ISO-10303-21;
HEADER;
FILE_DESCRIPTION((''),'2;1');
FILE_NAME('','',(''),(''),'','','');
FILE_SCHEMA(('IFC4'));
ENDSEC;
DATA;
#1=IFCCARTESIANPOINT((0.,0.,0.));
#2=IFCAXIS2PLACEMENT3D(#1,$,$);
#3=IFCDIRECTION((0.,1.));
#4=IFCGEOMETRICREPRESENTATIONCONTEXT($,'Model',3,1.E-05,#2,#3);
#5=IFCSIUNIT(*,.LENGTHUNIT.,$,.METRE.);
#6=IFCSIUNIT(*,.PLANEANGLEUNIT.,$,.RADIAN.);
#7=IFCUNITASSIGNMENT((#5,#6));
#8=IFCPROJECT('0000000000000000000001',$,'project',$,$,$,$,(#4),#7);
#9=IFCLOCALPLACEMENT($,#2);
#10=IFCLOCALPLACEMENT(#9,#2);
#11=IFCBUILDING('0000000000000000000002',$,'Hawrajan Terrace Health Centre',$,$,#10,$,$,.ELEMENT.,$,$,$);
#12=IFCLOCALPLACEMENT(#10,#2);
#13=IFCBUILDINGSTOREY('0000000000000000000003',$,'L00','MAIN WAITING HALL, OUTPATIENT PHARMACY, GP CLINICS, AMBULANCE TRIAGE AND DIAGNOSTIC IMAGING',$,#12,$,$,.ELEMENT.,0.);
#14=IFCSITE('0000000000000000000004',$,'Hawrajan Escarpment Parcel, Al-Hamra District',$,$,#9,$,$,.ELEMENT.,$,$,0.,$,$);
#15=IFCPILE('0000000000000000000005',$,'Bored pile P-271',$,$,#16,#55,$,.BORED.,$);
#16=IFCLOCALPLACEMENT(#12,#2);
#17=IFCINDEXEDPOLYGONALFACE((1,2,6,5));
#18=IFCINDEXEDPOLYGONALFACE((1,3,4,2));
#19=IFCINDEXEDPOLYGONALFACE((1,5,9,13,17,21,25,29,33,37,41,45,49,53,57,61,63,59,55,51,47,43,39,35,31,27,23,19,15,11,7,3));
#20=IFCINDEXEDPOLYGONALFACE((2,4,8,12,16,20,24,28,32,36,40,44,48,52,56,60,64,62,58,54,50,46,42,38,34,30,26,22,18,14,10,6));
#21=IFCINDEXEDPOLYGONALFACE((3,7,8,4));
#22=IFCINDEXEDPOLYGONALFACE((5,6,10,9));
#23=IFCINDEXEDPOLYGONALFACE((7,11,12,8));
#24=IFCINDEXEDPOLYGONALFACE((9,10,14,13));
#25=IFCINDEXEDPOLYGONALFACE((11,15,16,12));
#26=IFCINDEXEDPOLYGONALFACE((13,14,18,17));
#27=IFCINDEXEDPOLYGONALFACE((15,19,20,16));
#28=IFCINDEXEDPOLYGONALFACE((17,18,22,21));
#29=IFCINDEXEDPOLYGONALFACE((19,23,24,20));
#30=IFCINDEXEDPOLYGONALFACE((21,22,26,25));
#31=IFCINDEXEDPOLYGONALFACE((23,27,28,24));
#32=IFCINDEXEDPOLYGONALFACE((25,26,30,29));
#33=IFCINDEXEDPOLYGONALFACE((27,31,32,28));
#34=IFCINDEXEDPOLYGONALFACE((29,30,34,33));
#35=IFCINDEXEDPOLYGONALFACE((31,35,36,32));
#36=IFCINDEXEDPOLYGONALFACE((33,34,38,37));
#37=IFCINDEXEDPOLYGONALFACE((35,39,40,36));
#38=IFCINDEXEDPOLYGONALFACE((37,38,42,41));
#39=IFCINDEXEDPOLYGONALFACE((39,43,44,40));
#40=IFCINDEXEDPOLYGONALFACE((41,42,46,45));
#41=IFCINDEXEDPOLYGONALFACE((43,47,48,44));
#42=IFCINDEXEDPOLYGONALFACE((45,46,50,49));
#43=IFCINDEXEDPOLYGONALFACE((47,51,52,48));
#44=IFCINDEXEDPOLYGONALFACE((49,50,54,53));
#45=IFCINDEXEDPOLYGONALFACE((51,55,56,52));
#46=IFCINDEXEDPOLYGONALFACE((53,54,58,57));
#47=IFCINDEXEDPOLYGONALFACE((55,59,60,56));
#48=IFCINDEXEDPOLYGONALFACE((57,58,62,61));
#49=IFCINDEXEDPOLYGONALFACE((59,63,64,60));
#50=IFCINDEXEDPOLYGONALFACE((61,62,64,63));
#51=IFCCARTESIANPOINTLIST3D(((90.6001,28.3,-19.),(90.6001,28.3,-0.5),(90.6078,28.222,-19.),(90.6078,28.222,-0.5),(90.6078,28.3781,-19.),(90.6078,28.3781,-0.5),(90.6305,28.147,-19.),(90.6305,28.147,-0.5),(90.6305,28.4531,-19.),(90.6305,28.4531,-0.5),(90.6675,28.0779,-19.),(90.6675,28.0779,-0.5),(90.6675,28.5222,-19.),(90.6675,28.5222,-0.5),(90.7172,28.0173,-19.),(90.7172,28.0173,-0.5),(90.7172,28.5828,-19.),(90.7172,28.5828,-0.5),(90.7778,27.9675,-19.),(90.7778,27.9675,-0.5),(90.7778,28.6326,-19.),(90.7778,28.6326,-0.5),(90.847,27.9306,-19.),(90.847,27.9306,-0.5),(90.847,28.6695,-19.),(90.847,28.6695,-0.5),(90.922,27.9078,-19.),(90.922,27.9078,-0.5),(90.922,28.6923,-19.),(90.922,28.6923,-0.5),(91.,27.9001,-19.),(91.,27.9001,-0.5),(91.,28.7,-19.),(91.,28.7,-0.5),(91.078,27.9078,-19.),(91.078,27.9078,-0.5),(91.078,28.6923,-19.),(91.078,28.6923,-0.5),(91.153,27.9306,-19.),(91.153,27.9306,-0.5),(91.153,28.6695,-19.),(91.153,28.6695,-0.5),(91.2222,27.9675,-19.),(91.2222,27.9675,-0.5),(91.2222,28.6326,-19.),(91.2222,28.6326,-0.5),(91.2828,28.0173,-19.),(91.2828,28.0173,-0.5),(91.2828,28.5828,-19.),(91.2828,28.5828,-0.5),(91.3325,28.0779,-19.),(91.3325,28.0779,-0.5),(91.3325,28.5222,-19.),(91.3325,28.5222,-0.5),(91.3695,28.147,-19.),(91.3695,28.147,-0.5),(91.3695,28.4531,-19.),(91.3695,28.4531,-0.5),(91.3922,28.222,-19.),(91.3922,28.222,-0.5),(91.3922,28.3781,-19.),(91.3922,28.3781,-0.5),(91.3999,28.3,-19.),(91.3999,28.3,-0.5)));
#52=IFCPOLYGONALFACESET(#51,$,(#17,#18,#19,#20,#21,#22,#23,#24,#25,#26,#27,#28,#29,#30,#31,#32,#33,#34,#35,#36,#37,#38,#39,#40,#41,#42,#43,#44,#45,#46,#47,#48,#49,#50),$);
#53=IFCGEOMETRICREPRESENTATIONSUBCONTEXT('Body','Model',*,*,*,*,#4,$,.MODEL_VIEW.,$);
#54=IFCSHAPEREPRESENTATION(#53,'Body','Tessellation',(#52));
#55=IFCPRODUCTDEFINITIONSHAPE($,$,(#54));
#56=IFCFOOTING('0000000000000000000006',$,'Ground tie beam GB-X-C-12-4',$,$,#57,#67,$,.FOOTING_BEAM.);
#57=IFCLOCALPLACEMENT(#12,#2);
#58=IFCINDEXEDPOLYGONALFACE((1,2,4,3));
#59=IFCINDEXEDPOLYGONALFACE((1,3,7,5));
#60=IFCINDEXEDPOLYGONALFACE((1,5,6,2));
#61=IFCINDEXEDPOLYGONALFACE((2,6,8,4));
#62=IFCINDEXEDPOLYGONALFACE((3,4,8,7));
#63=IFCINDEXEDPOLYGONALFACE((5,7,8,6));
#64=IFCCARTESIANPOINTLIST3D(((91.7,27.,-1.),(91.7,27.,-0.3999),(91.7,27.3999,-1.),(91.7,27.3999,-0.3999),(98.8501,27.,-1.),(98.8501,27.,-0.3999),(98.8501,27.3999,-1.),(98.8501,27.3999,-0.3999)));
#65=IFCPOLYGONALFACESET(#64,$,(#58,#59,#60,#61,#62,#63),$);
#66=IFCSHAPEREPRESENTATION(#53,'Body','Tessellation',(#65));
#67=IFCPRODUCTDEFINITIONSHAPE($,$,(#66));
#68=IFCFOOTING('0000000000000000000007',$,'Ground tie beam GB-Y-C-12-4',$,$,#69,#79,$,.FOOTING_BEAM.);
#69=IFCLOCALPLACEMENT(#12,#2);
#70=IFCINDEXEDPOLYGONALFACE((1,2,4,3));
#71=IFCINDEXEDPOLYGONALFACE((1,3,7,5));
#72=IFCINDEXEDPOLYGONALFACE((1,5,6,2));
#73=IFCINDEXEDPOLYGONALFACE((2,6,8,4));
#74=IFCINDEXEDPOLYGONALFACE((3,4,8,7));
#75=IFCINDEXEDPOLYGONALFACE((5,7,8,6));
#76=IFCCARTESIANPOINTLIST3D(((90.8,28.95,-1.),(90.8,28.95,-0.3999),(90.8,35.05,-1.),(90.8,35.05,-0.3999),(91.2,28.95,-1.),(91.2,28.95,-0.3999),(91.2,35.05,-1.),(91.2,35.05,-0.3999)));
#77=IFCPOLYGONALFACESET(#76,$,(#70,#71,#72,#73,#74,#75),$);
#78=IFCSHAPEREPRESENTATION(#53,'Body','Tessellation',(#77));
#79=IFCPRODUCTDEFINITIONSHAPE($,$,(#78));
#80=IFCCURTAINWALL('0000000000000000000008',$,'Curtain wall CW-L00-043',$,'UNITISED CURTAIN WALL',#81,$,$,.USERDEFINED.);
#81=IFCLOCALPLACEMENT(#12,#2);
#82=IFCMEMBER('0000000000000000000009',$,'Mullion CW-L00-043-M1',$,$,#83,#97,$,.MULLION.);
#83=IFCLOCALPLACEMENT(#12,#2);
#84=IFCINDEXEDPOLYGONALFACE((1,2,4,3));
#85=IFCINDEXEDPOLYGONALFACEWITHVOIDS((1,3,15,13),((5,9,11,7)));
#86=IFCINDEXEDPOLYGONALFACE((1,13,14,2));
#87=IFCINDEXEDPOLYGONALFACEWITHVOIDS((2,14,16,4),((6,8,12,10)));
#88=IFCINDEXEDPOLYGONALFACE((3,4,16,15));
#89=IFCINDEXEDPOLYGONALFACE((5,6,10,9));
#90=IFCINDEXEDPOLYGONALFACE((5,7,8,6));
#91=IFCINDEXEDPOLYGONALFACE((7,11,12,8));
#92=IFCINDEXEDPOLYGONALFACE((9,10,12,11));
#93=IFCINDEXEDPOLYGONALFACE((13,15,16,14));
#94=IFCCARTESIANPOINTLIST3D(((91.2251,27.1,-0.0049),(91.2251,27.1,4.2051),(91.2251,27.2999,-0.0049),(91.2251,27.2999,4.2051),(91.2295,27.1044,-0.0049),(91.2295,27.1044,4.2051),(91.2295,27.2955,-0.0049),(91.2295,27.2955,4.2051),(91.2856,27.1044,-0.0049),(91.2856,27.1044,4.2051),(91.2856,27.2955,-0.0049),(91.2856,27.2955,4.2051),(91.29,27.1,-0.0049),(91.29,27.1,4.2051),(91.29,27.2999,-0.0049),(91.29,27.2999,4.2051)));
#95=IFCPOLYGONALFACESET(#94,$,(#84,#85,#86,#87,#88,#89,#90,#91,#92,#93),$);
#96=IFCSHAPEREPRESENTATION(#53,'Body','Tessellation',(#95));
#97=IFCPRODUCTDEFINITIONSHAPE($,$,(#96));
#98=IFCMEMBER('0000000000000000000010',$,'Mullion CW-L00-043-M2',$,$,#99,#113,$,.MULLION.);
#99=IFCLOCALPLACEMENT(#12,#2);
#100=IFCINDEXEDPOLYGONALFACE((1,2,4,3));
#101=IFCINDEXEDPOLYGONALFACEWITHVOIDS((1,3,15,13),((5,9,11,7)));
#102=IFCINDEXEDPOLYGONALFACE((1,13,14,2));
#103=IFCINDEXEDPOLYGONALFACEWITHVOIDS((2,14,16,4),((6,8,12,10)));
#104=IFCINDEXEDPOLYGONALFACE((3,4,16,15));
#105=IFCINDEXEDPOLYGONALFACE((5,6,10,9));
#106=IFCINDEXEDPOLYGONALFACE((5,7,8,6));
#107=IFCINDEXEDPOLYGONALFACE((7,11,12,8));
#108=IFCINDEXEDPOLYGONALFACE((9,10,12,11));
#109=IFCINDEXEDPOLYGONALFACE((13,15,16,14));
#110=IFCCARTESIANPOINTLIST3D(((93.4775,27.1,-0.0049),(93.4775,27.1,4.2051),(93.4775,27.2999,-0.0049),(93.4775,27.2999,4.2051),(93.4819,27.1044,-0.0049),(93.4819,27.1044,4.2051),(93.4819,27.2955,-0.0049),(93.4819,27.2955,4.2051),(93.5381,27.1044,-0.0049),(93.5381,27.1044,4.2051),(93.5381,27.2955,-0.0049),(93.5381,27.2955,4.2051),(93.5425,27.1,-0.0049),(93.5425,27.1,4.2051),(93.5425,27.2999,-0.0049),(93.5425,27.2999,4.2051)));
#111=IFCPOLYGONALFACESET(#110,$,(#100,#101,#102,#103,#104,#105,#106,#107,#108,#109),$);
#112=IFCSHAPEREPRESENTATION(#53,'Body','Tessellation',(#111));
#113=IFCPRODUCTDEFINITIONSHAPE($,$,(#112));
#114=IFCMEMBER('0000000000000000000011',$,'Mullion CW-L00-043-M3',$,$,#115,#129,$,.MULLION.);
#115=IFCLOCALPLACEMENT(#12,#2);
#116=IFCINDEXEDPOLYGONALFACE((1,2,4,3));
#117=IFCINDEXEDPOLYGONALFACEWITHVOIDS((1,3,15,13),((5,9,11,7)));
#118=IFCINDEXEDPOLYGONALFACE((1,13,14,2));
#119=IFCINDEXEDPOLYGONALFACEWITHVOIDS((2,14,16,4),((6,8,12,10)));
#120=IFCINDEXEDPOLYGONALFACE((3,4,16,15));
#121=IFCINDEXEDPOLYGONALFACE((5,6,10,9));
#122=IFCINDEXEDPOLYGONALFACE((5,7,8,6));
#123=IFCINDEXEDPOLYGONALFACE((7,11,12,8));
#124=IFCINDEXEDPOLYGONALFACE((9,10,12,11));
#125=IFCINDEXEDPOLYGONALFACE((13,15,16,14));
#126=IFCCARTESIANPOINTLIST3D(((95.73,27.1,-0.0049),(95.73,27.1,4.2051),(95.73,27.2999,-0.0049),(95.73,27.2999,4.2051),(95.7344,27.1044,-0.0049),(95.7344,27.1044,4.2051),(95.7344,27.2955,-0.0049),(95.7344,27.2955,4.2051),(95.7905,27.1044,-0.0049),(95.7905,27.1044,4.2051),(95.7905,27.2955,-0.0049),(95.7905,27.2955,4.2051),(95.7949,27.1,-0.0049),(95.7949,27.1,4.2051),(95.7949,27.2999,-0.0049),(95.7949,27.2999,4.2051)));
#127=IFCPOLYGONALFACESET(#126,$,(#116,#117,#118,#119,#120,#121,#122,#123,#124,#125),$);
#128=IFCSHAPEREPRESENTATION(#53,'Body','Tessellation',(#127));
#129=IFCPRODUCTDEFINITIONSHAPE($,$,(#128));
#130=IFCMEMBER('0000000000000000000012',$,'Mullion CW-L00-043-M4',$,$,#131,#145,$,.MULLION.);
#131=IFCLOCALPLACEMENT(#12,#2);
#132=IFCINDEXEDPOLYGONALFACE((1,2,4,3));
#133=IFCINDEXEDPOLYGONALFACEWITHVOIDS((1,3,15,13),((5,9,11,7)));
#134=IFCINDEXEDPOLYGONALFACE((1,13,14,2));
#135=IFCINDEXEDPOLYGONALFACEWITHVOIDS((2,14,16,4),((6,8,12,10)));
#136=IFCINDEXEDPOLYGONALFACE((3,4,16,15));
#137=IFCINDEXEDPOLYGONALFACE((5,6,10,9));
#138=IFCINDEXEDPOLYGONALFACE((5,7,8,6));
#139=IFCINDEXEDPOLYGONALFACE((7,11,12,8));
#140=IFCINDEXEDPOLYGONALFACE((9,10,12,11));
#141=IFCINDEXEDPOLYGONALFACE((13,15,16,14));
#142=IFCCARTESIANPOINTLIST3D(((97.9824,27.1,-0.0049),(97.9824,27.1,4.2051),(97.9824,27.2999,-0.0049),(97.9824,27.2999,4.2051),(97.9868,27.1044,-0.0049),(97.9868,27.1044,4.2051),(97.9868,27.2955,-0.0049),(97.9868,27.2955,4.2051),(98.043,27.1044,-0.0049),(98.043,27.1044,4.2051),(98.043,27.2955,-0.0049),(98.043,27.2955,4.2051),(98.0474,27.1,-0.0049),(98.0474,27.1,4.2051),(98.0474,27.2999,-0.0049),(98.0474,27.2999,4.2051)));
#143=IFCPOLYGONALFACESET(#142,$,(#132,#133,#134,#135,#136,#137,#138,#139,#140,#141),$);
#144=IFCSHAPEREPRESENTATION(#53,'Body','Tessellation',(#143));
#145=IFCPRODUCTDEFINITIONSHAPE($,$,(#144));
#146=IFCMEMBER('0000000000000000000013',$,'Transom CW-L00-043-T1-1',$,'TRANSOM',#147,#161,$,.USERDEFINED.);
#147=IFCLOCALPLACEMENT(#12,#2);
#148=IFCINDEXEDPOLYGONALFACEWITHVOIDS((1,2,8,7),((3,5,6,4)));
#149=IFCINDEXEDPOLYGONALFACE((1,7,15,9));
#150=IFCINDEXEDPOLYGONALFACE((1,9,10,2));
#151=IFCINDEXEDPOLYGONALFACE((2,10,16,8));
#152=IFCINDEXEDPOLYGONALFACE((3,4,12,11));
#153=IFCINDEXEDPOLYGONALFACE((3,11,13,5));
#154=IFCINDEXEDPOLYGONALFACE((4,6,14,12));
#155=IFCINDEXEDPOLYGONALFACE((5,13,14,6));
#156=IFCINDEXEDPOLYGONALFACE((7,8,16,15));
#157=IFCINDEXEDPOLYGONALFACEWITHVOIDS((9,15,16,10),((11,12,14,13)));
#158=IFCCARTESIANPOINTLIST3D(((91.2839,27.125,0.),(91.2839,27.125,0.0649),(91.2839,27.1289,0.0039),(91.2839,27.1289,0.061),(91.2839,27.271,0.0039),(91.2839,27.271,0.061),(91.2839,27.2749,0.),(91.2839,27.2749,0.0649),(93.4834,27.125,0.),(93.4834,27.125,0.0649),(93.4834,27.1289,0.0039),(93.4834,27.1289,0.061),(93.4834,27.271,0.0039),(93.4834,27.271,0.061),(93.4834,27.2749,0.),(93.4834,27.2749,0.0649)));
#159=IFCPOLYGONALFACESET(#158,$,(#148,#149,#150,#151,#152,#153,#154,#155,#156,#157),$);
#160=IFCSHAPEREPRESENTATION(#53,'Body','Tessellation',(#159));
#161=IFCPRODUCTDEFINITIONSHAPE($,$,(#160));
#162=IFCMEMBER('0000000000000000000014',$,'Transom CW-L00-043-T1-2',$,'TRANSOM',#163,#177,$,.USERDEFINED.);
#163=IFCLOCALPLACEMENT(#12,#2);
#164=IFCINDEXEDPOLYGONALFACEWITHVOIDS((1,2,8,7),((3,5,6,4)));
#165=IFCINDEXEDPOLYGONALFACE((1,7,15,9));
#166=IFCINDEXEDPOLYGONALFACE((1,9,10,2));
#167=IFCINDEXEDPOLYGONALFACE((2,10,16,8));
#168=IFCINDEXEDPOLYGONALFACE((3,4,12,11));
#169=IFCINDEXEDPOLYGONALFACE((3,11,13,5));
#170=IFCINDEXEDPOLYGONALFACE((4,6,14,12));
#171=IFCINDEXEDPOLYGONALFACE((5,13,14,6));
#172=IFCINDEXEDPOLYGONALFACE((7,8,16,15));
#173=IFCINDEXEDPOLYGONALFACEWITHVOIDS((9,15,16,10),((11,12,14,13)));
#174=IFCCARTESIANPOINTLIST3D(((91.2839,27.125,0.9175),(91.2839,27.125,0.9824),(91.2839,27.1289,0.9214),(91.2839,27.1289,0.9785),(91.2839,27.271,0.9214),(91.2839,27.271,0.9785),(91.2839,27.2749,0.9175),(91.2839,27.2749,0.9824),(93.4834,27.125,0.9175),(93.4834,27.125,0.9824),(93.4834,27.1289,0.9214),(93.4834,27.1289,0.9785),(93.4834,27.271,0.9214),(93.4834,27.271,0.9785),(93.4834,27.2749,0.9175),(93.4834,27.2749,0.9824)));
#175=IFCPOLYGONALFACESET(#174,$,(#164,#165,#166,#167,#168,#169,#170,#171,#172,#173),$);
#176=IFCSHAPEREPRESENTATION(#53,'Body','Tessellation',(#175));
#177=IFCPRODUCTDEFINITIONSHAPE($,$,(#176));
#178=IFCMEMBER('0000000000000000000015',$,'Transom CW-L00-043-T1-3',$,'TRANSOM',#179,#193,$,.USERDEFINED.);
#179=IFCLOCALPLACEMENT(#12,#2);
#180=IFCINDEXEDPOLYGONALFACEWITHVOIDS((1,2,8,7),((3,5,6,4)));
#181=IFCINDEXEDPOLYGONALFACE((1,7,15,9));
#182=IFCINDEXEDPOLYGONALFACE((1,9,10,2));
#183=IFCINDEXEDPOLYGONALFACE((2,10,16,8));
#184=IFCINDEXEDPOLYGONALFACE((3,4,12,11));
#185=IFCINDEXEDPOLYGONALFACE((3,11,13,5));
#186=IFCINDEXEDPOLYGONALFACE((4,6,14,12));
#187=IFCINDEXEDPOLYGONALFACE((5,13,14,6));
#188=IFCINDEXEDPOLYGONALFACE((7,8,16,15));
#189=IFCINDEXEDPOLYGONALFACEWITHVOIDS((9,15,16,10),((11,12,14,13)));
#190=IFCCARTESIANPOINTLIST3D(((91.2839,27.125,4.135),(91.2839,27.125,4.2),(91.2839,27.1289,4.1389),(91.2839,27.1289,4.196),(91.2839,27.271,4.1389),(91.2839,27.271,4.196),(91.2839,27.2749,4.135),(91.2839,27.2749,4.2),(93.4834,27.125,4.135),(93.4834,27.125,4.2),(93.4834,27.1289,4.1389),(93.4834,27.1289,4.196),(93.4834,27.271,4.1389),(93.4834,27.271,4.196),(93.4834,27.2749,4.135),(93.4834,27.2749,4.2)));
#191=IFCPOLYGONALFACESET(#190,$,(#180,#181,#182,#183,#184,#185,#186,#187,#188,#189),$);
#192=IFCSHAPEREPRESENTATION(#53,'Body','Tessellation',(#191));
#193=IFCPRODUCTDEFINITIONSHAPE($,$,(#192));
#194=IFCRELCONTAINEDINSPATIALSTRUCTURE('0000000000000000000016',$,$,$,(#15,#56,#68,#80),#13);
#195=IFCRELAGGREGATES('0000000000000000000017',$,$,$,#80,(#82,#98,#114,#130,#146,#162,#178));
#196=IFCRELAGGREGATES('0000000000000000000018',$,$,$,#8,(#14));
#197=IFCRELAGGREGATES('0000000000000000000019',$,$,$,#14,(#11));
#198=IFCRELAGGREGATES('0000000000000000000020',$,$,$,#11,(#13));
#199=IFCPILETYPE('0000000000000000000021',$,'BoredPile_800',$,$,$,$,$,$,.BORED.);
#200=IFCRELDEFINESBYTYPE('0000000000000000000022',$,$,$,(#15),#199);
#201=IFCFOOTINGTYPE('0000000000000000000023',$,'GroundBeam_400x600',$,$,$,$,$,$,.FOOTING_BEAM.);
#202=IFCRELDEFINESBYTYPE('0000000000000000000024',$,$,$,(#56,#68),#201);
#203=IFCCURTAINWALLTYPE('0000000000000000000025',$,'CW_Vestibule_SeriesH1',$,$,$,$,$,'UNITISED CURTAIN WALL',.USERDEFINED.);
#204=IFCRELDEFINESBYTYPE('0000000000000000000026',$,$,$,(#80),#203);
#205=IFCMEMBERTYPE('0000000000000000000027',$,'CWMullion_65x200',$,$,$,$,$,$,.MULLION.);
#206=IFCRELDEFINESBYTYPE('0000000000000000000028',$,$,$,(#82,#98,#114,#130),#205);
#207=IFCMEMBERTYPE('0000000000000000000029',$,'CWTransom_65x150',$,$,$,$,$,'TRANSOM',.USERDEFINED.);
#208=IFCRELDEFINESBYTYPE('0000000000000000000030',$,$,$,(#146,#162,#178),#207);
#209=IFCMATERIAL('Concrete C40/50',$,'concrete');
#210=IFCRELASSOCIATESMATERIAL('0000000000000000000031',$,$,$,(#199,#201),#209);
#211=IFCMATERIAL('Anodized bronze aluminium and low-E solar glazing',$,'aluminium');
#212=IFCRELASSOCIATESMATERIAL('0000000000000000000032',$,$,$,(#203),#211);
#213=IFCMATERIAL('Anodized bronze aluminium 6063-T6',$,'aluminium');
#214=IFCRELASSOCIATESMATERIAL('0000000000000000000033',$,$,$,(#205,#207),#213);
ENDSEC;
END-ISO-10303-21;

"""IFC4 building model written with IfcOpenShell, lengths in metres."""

from ifc_helpers import new_model, si_unit, direction, frame, origin, origin_2d, place, context, subcontext, project, spatial, rectangle, hollow_rectangle, circle, extrude, material, material_profile, profile_set, type_object, element, aggregate, save


model = new_model("IFC4")

# Units and contexts
model_context = context("Model", 3, precision=1e-05, world=origin(), true_north=direction((0.0, 1.0)))
body_context = subcontext(model_context, "Body", "Model", "MODEL_VIEW")
ifc_project = project(units=[si_unit("LENGTHUNIT", "METRE"), si_unit("PLANEANGLEUNIT", "RADIAN")], contexts=[model_context])

# Site, building, storey
site_placement = place(None, origin())
site = spatial("IfcSite", under=ifc_project, at=site_placement, Name="Hawrajan Escarpment Parcel, Al-Hamra District", CompositionType="ELEMENT", RefElevation=0.0)
building_placement = place(site_placement, origin())
building = spatial("IfcBuilding", under=site, at=building_placement, Name="Hawrajan Terrace Health Centre", CompositionType="ELEMENT")
storey_placement = place(building_placement, origin())
storey = spatial("IfcBuildingStorey", under=building, at=storey_placement, Name="L00", Description="MAIN WAITING HALL, OUTPATIENT PHARMACY, GP CLINICS, AMBULANCE TRIAGE AND DIAGNOSTIC IMAGING", CompositionType="ELEMENT", Elevation=0.0)

# Pile
ifc_material_1 = material(Name="Concrete C40/50", Category="concrete")
ifc_material_profile_1 = material_profile(ifc_material_1, circle(Radius=0.3999, at=origin_2d()), Name="BP 800")
ifc_profile_set_1 = profile_set([ifc_material_profile_1], Name="Concrete C40/50")
pile_type = type_object("IfcPileType", Name="BoredPile_800", PredefinedType="BORED", material=ifc_profile_set_1)
pile_placement = place(storey_placement, frame((91.0, 28.3, -0.5), z_axis=(0.0, 0.0, -1.0), x_axis=(1.0, 0.0, 0.0)))
element("IfcPile", 1, at=pile_placement, inside=storey, type_object=pile_type, Name="Bored pile P-271", PredefinedType="BORED", context=body_context, shape_type="SweptSolid", body=[
    extrude(circle(Radius=0.3999, at=origin_2d()), origin(), (0.0, 0.0, 1.0), 18.5),
])

# Footings
ifc_material_profile_2 = material_profile(ifc_material_1, rectangle(XDim=0.3999, YDim=0.6001, at=origin_2d()), Name="RC BM 400x600")
ifc_profile_set_2 = profile_set([ifc_material_profile_2], Name="Concrete C40/50")
footing_type = type_object("IfcFootingType", Name="GroundBeam_400x600", PredefinedType="FOOTING_BEAM", material=ifc_profile_set_2)
footing_1_placement = place(storey_placement, frame((91.7, 27.2, -0.7), z_axis=(1.0, 0.0, 0.0), x_axis=(0.0, 1.0, 0.0)))
element("IfcFooting", 2, at=footing_1_placement, inside=storey, type_object=footing_type, Name="Ground tie beam GB-X-C-12-4", PredefinedType="FOOTING_BEAM", context=body_context, shape_type="SweptSolid", body=[
    extrude(rectangle(XDim=0.3999, YDim=0.6001, at=origin_2d()), origin(), (0.0, 0.0, 1.0), 7.1501),
])
footing_2_placement = place(storey_placement, frame((91.0, 28.95, -0.7), z_axis=(0.0, 1.0, 0.0), x_axis=(-1.0, 0.0, 0.0)))
element("IfcFooting", 3, at=footing_2_placement, inside=storey, type_object=footing_type, Name="Ground tie beam GB-Y-C-12-4", PredefinedType="FOOTING_BEAM", context=body_context, shape_type="SweptSolid", body=[
    extrude(rectangle(XDim=0.3999, YDim=0.6001, at=origin_2d()), origin(), (0.0, 0.0, 1.0), 6.1001),
])

# Curtain wall, members
ifc_material_2 = material(Name="Anodized bronze aluminium and low-E solar glazing", Category="aluminium")
curtain_wall_type = type_object("IfcCurtainWallType", Name="CW_Vestibule_SeriesH1", ElementType="UNITISED CURTAIN WALL", PredefinedType="USERDEFINED", material=ifc_material_2)
curtain_wall_placement = place(storey_placement, origin())
curtain_wall = element("IfcCurtainWall", 4, at=curtain_wall_placement, inside=storey, type_object=curtain_wall_type, Name="Curtain wall CW-L00-043", ObjectType="UNITISED CURTAIN WALL", PredefinedType="USERDEFINED")
ifc_material_3 = material(Name="Anodized bronze aluminium 6063-T6", Category="aluminium")
ifc_material_profile_3 = material_profile(ifc_material_3, hollow_rectangle(XDim=0.0649, YDim=0.2, WallThickness=0.0044, at=origin_2d()), Name="CW MUL 65x200")
ifc_profile_set_3 = profile_set([ifc_material_profile_3], Name="Anodized bronze aluminium 6063-T6")
member_type_1 = type_object("IfcMemberType", Name="CWMullion_65x200", PredefinedType="MULLION", material=ifc_profile_set_3)
member_1_placement = place(storey_placement, frame((91.2576, 27.2, -0.0049), z_axis=(0.0, 0.0, 1.0), x_axis=(1.0, 0.0, 0.0)))
member_1 = element("IfcMember", 5, at=member_1_placement, type_object=member_type_1, Name="Mullion CW-L00-043-M1", PredefinedType="MULLION", context=body_context, shape_type="SweptSolid", body=[
    extrude(hollow_rectangle(XDim=0.0649, YDim=0.2, WallThickness=0.0044, at=origin_2d()), origin(), (0.0, 0.0, 1.0), 4.21),
])
member_2_placement = place(storey_placement, frame((93.51, 27.2, -0.0049), z_axis=(0.0, 0.0, 1.0), x_axis=(1.0, 0.0, 0.0)))
member_2 = element("IfcMember", 6, at=member_2_placement, type_object=member_type_1, Name="Mullion CW-L00-043-M2", PredefinedType="MULLION", context=body_context, shape_type="SweptSolid", body=[
    extrude(hollow_rectangle(XDim=0.0649, YDim=0.2, WallThickness=0.0044, at=origin_2d()), origin(), (0.0, 0.0, 1.0), 4.21),
])
member_3_placement = place(storey_placement, frame((95.7625, 27.2, -0.0049), z_axis=(0.0, 0.0, 1.0), x_axis=(1.0, 0.0, 0.0)))
member_3 = element("IfcMember", 7, at=member_3_placement, type_object=member_type_1, Name="Mullion CW-L00-043-M3", PredefinedType="MULLION", context=body_context, shape_type="SweptSolid", body=[
    extrude(hollow_rectangle(XDim=0.0649, YDim=0.2, WallThickness=0.0044, at=origin_2d()), origin(), (0.0, 0.0, 1.0), 4.21),
])
member_4_placement = place(storey_placement, frame((98.0149, 27.2, -0.0049), z_axis=(0.0, 0.0, 1.0), x_axis=(1.0, 0.0, 0.0)))
member_4 = element("IfcMember", 8, at=member_4_placement, type_object=member_type_1, Name="Mullion CW-L00-043-M4", PredefinedType="MULLION", context=body_context, shape_type="SweptSolid", body=[
    extrude(hollow_rectangle(XDim=0.0649, YDim=0.2, WallThickness=0.0044, at=origin_2d()), origin(), (0.0, 0.0, 1.0), 4.21),
])
ifc_material_profile_4 = material_profile(ifc_material_3, hollow_rectangle(XDim=0.0649, YDim=0.1499, WallThickness=0.0039, at=origin_2d()), Name="CW TRN 65x150")
ifc_profile_set_4 = profile_set([ifc_material_profile_4], Name="Anodized bronze aluminium 6063-T6")
member_type_2 = type_object("IfcMemberType", Name="CWTransom_65x150", ElementType="TRANSOM", PredefinedType="USERDEFINED", material=ifc_profile_set_4)
member_5_placement = place(storey_placement, frame((91.2839, 27.2, 0.0325), z_axis=(1.0, 0.0, 0.0), x_axis=(0.0, 0.0, 1.0)))
member_5 = element("IfcMember", 9, at=member_5_placement, type_object=member_type_2, Name="Transom CW-L00-043-T1-1", ObjectType="TRANSOM", PredefinedType="USERDEFINED", context=body_context, shape_type="SweptSolid", body=[
    extrude(hollow_rectangle(XDim=0.0649, YDim=0.1499, WallThickness=0.0039, at=origin_2d()), origin(), (0.0, 0.0, 1.0), 2.1995),
])
member_6_placement = place(storey_placement, frame((91.2839, 27.2, 0.95), z_axis=(1.0, 0.0, 0.0), x_axis=(0.0, 0.0, 1.0)))
member_6 = element("IfcMember", 10, at=member_6_placement, type_object=member_type_2, Name="Transom CW-L00-043-T1-2", ObjectType="TRANSOM", PredefinedType="USERDEFINED", context=body_context, shape_type="SweptSolid", body=[
    extrude(hollow_rectangle(XDim=0.0649, YDim=0.1499, WallThickness=0.0039, at=origin_2d()), origin(), (0.0, 0.0, 1.0), 2.1995),
])
member_7_placement = place(storey_placement, frame((91.2839, 27.2, 4.1675), z_axis=(1.0, 0.0, 0.0), x_axis=(0.0, 0.0, 1.0)))
member_7 = element("IfcMember", 11, at=member_7_placement, type_object=member_type_2, Name="Transom CW-L00-043-T1-3", ObjectType="TRANSOM", PredefinedType="USERDEFINED", context=body_context, shape_type="SweptSolid", body=[
    extrude(hollow_rectangle(XDim=0.0649, YDim=0.1499, WallThickness=0.0039, at=origin_2d()), origin(), (0.0, 0.0, 1.0), 2.1995),
])
aggregate(curtain_wall, [member_1, member_2, member_3, member_4, member_5, member_6, member_7])

save(model, "model.ifc")
